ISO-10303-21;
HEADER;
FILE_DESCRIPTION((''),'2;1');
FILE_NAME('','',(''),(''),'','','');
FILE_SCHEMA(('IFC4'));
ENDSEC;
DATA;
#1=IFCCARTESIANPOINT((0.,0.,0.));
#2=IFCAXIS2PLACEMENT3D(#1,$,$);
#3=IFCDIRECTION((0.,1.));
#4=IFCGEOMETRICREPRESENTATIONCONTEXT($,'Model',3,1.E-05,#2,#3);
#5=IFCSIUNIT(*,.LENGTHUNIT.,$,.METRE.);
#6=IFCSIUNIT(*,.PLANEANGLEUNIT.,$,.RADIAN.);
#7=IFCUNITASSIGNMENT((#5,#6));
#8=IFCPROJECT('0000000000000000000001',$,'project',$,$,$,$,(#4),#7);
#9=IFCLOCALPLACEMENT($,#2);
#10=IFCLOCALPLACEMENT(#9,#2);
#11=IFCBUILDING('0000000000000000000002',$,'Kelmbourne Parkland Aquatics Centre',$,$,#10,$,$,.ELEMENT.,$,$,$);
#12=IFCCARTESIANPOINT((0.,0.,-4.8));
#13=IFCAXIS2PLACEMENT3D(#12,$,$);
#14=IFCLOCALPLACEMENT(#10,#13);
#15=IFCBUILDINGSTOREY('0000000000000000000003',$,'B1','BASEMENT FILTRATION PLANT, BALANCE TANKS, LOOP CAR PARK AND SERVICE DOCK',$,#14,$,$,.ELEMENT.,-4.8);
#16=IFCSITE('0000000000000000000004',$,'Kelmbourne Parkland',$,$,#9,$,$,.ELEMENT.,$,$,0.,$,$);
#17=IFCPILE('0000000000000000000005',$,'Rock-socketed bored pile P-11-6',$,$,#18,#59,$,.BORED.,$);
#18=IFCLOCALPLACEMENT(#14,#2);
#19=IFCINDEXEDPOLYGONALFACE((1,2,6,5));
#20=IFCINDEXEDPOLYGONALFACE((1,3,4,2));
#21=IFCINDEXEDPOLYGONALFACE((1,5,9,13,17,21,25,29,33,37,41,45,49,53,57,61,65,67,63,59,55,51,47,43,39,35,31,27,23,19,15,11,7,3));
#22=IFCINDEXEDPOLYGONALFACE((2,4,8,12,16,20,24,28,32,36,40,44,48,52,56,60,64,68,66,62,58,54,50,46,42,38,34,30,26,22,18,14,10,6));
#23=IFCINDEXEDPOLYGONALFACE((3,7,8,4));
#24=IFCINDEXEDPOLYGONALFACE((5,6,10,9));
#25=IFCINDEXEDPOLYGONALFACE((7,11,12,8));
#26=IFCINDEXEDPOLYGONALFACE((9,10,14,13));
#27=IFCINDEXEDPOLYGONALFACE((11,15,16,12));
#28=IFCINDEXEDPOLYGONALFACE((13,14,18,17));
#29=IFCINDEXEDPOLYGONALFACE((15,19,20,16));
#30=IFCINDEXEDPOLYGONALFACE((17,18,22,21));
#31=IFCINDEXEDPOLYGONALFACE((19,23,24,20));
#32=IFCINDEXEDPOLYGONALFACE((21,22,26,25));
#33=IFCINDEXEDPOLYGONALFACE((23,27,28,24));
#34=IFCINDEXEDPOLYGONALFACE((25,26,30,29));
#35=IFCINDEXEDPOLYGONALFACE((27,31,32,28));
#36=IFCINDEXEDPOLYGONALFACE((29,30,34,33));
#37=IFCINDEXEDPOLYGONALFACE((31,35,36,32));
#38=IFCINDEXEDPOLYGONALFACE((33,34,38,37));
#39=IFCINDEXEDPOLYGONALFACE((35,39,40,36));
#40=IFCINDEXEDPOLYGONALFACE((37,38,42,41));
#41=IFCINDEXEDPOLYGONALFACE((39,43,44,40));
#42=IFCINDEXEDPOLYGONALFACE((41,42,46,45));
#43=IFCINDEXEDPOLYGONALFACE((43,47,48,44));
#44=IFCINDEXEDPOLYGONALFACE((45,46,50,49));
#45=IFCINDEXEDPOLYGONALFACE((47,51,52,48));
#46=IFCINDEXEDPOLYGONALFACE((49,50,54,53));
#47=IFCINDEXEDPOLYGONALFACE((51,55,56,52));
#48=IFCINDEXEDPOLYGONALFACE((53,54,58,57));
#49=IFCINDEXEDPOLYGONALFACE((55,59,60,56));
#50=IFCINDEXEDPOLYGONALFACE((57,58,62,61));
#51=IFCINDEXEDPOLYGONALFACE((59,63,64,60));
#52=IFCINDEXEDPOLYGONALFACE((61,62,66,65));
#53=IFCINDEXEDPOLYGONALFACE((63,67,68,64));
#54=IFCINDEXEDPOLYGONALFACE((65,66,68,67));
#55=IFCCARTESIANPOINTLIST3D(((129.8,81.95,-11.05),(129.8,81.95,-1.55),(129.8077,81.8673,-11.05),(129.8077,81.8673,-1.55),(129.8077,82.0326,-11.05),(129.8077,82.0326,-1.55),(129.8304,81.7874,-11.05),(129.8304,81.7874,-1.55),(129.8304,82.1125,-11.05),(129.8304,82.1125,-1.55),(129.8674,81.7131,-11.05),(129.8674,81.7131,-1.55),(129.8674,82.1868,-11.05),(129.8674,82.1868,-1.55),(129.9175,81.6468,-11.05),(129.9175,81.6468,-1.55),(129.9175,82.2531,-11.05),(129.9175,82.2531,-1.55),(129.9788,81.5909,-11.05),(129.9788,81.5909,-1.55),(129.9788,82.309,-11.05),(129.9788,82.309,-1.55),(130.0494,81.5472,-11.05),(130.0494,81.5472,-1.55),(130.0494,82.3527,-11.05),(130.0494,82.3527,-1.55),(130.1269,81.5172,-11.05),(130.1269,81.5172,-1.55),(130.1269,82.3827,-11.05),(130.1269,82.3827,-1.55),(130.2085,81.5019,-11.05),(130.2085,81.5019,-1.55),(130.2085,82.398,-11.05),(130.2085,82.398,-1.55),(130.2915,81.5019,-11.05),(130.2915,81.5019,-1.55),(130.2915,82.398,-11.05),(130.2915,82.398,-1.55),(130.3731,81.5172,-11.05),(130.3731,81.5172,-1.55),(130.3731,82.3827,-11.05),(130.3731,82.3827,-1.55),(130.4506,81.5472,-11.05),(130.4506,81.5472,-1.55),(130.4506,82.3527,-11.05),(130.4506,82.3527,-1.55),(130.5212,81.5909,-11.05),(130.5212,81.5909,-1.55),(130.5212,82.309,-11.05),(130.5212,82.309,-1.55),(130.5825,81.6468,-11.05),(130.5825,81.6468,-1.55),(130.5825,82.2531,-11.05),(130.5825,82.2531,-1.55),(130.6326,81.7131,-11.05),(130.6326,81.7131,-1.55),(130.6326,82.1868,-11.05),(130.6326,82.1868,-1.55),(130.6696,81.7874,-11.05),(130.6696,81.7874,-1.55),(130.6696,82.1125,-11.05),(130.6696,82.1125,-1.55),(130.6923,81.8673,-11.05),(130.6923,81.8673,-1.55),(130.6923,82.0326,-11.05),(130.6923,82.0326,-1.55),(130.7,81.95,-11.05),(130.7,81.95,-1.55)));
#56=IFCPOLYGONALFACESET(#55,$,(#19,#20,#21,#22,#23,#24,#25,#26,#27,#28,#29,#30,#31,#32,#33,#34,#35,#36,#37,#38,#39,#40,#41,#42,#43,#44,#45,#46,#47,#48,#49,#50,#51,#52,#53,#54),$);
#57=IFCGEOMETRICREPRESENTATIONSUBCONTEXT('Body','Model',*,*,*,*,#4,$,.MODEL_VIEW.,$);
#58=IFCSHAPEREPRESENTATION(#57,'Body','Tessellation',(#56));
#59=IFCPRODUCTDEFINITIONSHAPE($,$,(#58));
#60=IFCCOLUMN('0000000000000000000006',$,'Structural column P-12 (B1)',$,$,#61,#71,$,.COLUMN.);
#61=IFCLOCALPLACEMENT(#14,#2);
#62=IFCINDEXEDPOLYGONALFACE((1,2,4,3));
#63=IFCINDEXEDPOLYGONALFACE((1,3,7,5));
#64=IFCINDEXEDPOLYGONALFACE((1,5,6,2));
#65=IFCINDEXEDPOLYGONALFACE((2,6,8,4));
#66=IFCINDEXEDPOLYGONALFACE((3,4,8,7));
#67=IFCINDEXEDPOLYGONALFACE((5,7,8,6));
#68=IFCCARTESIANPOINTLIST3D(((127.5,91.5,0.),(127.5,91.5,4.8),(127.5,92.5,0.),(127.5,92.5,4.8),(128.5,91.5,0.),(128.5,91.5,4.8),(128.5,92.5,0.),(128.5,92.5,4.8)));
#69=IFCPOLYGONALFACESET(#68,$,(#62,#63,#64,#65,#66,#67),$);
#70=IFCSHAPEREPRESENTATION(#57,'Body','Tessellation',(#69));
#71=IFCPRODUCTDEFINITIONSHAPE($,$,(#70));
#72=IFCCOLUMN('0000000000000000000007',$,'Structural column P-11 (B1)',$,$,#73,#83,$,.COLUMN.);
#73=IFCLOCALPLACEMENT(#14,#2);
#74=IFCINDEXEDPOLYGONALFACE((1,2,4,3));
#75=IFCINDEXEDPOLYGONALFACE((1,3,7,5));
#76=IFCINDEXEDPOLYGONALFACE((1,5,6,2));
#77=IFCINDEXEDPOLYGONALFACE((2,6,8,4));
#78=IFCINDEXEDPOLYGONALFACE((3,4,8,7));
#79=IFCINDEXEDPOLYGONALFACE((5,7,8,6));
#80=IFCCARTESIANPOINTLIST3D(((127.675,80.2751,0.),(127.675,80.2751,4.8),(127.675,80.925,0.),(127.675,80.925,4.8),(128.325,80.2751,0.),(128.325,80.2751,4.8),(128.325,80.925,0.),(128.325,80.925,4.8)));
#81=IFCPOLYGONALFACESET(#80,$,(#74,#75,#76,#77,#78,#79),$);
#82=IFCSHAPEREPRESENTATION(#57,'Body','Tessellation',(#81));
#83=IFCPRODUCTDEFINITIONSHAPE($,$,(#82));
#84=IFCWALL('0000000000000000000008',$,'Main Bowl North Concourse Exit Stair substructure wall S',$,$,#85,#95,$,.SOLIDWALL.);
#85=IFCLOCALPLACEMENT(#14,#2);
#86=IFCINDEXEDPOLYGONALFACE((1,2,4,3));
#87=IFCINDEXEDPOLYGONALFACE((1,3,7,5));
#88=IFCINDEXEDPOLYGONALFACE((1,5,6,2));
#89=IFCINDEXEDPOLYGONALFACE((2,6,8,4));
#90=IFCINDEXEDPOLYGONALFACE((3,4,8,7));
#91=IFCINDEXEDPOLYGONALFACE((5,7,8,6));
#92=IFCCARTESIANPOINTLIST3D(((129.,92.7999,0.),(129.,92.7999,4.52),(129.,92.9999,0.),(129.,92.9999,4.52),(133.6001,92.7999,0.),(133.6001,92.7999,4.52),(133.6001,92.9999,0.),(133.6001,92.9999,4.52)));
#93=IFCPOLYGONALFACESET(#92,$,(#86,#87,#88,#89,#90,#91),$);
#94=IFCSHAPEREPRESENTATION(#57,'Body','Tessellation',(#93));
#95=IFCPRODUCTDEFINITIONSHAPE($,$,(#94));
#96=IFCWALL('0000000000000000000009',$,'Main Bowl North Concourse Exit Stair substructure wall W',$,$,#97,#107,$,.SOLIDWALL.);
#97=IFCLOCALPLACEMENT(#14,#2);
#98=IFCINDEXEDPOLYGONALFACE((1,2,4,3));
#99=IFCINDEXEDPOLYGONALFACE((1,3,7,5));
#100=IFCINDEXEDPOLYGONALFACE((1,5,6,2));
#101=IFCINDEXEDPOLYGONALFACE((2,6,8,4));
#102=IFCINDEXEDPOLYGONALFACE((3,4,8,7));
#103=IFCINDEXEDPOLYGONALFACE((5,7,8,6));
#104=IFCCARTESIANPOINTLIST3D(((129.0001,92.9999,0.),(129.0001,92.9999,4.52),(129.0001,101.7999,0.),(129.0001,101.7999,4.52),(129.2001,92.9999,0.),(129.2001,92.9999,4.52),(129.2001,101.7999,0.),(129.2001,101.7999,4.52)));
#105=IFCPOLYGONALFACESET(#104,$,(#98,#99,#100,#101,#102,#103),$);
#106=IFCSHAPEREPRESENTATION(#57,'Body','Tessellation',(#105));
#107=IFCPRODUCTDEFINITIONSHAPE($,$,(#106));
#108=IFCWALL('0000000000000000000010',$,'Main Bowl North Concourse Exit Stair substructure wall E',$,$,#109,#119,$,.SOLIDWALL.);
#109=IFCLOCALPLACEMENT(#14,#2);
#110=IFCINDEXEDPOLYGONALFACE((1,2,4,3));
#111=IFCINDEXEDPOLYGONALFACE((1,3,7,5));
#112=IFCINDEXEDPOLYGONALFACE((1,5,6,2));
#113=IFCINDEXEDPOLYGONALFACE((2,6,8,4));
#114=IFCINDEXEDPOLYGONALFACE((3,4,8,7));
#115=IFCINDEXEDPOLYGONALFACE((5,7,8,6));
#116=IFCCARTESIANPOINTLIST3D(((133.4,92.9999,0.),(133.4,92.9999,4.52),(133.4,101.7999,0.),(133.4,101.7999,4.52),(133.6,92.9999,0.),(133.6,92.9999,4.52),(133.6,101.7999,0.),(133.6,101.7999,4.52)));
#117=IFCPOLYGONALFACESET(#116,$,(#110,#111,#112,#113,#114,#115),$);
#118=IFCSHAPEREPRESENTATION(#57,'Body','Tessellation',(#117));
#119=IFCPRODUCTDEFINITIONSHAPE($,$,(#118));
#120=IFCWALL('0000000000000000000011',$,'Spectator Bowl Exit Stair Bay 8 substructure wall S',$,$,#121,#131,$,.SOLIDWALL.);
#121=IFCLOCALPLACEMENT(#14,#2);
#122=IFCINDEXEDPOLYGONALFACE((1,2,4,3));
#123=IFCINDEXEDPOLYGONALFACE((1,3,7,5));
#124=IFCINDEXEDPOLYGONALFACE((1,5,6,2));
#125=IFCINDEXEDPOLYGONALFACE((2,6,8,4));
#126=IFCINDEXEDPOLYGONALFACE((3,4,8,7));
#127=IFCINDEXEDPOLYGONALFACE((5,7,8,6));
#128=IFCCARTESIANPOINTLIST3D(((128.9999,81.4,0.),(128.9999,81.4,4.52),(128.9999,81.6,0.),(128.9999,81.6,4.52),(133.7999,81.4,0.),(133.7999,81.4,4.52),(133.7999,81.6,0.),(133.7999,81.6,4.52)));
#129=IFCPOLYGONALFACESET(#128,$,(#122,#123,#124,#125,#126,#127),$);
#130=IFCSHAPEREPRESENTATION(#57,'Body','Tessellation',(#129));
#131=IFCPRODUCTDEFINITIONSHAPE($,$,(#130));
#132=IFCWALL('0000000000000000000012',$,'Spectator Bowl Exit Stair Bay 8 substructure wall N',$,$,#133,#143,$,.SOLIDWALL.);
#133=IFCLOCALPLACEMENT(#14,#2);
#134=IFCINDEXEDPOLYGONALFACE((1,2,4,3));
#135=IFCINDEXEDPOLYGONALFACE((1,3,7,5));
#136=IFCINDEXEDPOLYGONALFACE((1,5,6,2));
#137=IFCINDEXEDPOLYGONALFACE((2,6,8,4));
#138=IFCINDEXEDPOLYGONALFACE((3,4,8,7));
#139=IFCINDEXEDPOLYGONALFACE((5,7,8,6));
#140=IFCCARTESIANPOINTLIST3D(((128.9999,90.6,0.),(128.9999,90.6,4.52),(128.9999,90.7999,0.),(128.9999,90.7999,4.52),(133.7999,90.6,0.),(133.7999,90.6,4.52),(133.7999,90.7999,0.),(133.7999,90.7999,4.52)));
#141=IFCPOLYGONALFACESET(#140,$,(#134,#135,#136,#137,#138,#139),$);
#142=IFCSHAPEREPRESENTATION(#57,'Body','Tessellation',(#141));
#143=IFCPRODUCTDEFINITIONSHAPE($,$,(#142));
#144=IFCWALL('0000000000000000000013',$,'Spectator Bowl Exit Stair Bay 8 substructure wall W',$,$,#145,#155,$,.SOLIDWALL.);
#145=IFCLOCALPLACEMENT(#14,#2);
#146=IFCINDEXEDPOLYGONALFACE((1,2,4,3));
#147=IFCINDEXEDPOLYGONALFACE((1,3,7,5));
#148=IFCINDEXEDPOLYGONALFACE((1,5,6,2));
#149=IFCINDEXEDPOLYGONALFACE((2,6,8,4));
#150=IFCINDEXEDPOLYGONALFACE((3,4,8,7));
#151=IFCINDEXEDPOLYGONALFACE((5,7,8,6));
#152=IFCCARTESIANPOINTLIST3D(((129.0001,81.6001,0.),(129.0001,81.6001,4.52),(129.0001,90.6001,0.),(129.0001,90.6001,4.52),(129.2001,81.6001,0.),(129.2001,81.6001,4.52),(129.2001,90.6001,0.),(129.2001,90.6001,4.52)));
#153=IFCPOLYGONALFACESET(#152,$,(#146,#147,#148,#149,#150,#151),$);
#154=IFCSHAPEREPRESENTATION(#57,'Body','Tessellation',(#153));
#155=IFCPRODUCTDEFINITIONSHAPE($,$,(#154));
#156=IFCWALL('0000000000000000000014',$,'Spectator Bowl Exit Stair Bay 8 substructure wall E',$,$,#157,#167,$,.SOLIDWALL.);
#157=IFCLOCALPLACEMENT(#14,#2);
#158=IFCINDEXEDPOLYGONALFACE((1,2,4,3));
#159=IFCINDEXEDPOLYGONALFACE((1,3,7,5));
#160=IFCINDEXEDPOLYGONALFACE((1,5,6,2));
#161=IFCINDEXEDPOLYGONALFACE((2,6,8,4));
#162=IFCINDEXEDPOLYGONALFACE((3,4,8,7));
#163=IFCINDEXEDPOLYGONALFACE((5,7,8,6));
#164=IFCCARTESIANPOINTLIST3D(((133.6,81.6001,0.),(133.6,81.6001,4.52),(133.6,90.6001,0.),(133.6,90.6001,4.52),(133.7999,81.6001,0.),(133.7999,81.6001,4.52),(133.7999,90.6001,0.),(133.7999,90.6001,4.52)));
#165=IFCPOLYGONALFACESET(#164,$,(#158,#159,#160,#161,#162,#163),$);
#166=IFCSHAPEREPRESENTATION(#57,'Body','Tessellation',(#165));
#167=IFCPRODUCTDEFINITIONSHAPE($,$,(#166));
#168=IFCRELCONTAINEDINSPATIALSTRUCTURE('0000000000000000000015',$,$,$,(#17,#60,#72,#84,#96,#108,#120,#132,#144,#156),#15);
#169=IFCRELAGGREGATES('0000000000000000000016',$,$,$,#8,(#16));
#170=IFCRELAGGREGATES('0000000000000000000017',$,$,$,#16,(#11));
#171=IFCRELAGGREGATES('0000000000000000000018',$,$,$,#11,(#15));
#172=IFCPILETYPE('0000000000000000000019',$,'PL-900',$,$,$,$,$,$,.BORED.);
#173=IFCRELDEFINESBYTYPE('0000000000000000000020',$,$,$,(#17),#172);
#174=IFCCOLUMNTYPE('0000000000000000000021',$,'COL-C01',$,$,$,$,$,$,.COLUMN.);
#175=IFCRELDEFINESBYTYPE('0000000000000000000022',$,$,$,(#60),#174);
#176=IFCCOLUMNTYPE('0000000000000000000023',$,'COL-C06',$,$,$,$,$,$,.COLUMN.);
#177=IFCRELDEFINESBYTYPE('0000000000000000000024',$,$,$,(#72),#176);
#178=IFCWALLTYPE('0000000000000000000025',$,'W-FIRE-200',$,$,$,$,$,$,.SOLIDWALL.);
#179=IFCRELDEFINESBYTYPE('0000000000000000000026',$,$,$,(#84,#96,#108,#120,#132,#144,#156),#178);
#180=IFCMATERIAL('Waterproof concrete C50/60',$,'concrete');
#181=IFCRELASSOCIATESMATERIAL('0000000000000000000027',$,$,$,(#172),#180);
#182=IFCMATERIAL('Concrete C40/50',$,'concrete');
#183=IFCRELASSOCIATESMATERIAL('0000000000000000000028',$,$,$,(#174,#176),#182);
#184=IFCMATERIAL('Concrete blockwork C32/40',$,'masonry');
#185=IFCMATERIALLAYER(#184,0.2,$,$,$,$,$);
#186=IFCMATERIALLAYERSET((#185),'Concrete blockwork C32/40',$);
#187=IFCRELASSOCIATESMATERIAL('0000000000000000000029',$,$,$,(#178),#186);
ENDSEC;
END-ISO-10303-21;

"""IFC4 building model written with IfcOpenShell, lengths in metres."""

from ifc_helpers import new_model, si_unit, direction, frame, frame_2d, origin, origin_2d, place, context, subcontext, project, spatial, rectangle, circle, extrude, material, layer, layer_set, material_profile, profile_set, type_object, element, save


model = new_model("IFC4")

# Units and contexts
model_context = context("Model", 3, precision=1e-05, world=origin(), true_north=direction((0.0, 1.0)))
body_context = subcontext(model_context, "Body", "Model", "MODEL_VIEW")
ifc_project = project(units=[si_unit("LENGTHUNIT", "METRE"), si_unit("PLANEANGLEUNIT", "RADIAN")], contexts=[model_context])

# Site, building, storey
site_placement = place(None, origin())
site = spatial("IfcSite", under=ifc_project, at=site_placement, Name="Kelmbourne Parkland", CompositionType="ELEMENT", RefElevation=0.0)
building_placement = place(site_placement, origin())
building = spatial("IfcBuilding", under=site, at=building_placement, Name="Kelmbourne Parkland Aquatics Centre", CompositionType="ELEMENT")
storey_placement = place(building_placement, frame((0.0, 0.0, -4.8)))
storey = spatial("IfcBuildingStorey", under=building, at=storey_placement, Name="B1", Description="BASEMENT FILTRATION PLANT, BALANCE TANKS, LOOP CAR PARK AND SERVICE DOCK", CompositionType="ELEMENT", Elevation=-4.8)

# Shared definitions
ifc_material_1 = material(Name="Waterproof concrete C50/60", Category="concrete")

# Pile
ifc_material_profile_1 = material_profile(ifc_material_1, circle(Radius=0.45, at=origin_2d()), Name="PILE D900")
ifc_profile_set_1 = profile_set([ifc_material_profile_1], Name="Waterproof concrete C50/60")
pile_type_1 = type_object("IfcPileType", Name="PL-900", PredefinedType="BORED", material=ifc_profile_set_1)
for number, where, z_axis, x_axis, name in (
    (1, (130.25, 81.95, -1.55), (0.0, 0.0, -1.0), (1.0, 0.0, 0.0), "Rock-socketed bored pile P-11-6"),
):
    element("IfcPile", number, at=place(storey_placement, frame(where, z_axis=z_axis, x_axis=x_axis)), inside=storey, type_object=pile_type_1, Name=name, PredefinedType="BORED", context=body_context, shape_type="SweptSolid", body=[
        extrude(circle(Radius=0.45, at=origin_2d()), origin(), (0.0, 0.0, 1.0), 9.5),
    ])

# Columns
ifc_material_2 = material(Name="Concrete C40/50", Category="concrete")
ifc_material_profile_2 = material_profile(ifc_material_2, rectangle(XDim=1.0, YDim=1.0, at=origin_2d()), Name="RC 1000x1000")
ifc_profile_set_2 = profile_set([ifc_material_profile_2], Name="Concrete C40/50")
column_type_1 = type_object("IfcColumnType", Name="COL-C01", PredefinedType="COLUMN", material=ifc_profile_set_2)
column_1_placement = place(storey_placement, frame((128.0, 92.0, 0.0), z_axis=(0.0, 0.0, 1.0), x_axis=(1.0, 0.0, 0.0)))
element("IfcColumn", 2, at=column_1_placement, inside=storey, type_object=column_type_1, Name="Structural column P-12 (B1)", PredefinedType="COLUMN", context=body_context, shape_type="SweptSolid", body=[
    extrude(rectangle(XDim=1.0, YDim=1.0, at=origin_2d()), origin(), (0.0, 0.0, 1.0), 4.8),
])
ifc_material_profile_3 = material_profile(ifc_material_2, rectangle(XDim=0.6499, YDim=0.6499, at=origin_2d()), Name="RC 650x650")
ifc_profile_set_3 = profile_set([ifc_material_profile_3], Name="Concrete C40/50")
column_type_2 = type_object("IfcColumnType", Name="COL-C06", PredefinedType="COLUMN", material=ifc_profile_set_3)
column_2_placement = place(storey_placement, frame((128.0, 80.6001, 0.0), z_axis=(0.0, 0.0, 1.0), x_axis=(1.0, 0.0, 0.0)))
element("IfcColumn", 3, at=column_2_placement, inside=storey, type_object=column_type_2, Name="Structural column P-11 (B1)", PredefinedType="COLUMN", context=body_context, shape_type="SweptSolid", body=[
    extrude(rectangle(XDim=0.6499, YDim=0.6499, at=origin_2d()), origin(), (0.0, 0.0, 1.0), 4.8),
])

# Walls
ifc_material_3 = material(Name="Concrete blockwork C32/40", Category="masonry")
ifc_layer = layer(ifc_material_3, 0.2)
ifc_layer_set = layer_set([ifc_layer], Name="Concrete blockwork C32/40")
wall_type = type_object("IfcWallType", Name="W-FIRE-200", PredefinedType="SOLIDWALL", material=ifc_layer_set)
wall_placement = place(storey_placement, frame((129.0, 92.8999, 0.0), z_axis=(0.0, 0.0, 1.0), x_axis=(1.0, 0.0, 0.0)))
element("IfcWall", 4, at=wall_placement, inside=storey, type_object=wall_type, Name="Main Bowl North Concourse Exit Stair substructure wall S", PredefinedType="SOLIDWALL", context=body_context, shape_type="SweptSolid", body=[
    extrude(rectangle(XDim=4.6001, YDim=0.2, at=frame_2d((2.3, 0.0))), origin(), (0.0, 0.0, 1.0), 4.52),
])
for number, where, z_axis, x_axis, name in (
    (5, (129.1001, 93.0, 0.0), (0.0, 0.0, 1.0), (0.0, 1.0, 0.0), "Main Bowl North Concourse Exit Stair substructure wall W"),
    (6, (133.5, 93.0, 0.0), (0.0, 0.0, 1.0), (0.0, 1.0, 0.0), "Main Bowl North Concourse Exit Stair substructure wall E"),
):
    element("IfcWall", number, at=place(storey_placement, frame(where, z_axis=z_axis, x_axis=x_axis)), inside=storey, type_object=wall_type, Name=name, PredefinedType="SOLIDWALL", context=body_context, shape_type="SweptSolid", body=[
        extrude(rectangle(XDim=8.8, YDim=0.2, at=frame_2d((4.3999, 0.0))), origin(), (0.0, 0.0, 1.0), 4.52),
    ])
for number, where, z_axis, x_axis, name in (
    (7, (129.0, 81.5, 0.0), (0.0, 0.0, 1.0), (1.0, 0.0, 0.0), "Spectator Bowl Exit Stair Bay 8 substructure wall S"),
    (8, (129.0, 90.7, 0.0), (0.0, 0.0, 1.0), (1.0, 0.0, 0.0), "Spectator Bowl Exit Stair Bay 8 substructure wall N"),
):
    element("IfcWall", number, at=place(storey_placement, frame(where, z_axis=z_axis, x_axis=x_axis)), inside=storey, type_object=wall_type, Name=name, PredefinedType="SOLIDWALL", context=body_context, shape_type="SweptSolid", body=[
        extrude(rectangle(XDim=4.8, YDim=0.2, at=frame_2d((2.3999, 0.0))), origin(), (0.0, 0.0, 1.0), 4.52),
    ])
for number, where, z_axis, x_axis, name in (
    (9, (129.1001, 81.6001, 0.0), (0.0, 0.0, 1.0), (0.0, 1.0, 0.0), "Spectator Bowl Exit Stair Bay 8 substructure wall W"),
    (10, (133.7, 81.6001, 0.0), (0.0, 0.0, 1.0), (0.0, 1.0, 0.0), "Spectator Bowl Exit Stair Bay 8 substructure wall E"),
):
    element("IfcWall", number, at=place(storey_placement, frame(where, z_axis=z_axis, x_axis=x_axis)), inside=storey, type_object=wall_type, Name=name, PredefinedType="SOLIDWALL", context=body_context, shape_type="SweptSolid", body=[
        extrude(rectangle(XDim=9.0, YDim=0.2, at=frame_2d((4.5, 0.0))), origin(), (0.0, 0.0, 1.0), 4.52),
    ])

save(model, "model.ifc")
